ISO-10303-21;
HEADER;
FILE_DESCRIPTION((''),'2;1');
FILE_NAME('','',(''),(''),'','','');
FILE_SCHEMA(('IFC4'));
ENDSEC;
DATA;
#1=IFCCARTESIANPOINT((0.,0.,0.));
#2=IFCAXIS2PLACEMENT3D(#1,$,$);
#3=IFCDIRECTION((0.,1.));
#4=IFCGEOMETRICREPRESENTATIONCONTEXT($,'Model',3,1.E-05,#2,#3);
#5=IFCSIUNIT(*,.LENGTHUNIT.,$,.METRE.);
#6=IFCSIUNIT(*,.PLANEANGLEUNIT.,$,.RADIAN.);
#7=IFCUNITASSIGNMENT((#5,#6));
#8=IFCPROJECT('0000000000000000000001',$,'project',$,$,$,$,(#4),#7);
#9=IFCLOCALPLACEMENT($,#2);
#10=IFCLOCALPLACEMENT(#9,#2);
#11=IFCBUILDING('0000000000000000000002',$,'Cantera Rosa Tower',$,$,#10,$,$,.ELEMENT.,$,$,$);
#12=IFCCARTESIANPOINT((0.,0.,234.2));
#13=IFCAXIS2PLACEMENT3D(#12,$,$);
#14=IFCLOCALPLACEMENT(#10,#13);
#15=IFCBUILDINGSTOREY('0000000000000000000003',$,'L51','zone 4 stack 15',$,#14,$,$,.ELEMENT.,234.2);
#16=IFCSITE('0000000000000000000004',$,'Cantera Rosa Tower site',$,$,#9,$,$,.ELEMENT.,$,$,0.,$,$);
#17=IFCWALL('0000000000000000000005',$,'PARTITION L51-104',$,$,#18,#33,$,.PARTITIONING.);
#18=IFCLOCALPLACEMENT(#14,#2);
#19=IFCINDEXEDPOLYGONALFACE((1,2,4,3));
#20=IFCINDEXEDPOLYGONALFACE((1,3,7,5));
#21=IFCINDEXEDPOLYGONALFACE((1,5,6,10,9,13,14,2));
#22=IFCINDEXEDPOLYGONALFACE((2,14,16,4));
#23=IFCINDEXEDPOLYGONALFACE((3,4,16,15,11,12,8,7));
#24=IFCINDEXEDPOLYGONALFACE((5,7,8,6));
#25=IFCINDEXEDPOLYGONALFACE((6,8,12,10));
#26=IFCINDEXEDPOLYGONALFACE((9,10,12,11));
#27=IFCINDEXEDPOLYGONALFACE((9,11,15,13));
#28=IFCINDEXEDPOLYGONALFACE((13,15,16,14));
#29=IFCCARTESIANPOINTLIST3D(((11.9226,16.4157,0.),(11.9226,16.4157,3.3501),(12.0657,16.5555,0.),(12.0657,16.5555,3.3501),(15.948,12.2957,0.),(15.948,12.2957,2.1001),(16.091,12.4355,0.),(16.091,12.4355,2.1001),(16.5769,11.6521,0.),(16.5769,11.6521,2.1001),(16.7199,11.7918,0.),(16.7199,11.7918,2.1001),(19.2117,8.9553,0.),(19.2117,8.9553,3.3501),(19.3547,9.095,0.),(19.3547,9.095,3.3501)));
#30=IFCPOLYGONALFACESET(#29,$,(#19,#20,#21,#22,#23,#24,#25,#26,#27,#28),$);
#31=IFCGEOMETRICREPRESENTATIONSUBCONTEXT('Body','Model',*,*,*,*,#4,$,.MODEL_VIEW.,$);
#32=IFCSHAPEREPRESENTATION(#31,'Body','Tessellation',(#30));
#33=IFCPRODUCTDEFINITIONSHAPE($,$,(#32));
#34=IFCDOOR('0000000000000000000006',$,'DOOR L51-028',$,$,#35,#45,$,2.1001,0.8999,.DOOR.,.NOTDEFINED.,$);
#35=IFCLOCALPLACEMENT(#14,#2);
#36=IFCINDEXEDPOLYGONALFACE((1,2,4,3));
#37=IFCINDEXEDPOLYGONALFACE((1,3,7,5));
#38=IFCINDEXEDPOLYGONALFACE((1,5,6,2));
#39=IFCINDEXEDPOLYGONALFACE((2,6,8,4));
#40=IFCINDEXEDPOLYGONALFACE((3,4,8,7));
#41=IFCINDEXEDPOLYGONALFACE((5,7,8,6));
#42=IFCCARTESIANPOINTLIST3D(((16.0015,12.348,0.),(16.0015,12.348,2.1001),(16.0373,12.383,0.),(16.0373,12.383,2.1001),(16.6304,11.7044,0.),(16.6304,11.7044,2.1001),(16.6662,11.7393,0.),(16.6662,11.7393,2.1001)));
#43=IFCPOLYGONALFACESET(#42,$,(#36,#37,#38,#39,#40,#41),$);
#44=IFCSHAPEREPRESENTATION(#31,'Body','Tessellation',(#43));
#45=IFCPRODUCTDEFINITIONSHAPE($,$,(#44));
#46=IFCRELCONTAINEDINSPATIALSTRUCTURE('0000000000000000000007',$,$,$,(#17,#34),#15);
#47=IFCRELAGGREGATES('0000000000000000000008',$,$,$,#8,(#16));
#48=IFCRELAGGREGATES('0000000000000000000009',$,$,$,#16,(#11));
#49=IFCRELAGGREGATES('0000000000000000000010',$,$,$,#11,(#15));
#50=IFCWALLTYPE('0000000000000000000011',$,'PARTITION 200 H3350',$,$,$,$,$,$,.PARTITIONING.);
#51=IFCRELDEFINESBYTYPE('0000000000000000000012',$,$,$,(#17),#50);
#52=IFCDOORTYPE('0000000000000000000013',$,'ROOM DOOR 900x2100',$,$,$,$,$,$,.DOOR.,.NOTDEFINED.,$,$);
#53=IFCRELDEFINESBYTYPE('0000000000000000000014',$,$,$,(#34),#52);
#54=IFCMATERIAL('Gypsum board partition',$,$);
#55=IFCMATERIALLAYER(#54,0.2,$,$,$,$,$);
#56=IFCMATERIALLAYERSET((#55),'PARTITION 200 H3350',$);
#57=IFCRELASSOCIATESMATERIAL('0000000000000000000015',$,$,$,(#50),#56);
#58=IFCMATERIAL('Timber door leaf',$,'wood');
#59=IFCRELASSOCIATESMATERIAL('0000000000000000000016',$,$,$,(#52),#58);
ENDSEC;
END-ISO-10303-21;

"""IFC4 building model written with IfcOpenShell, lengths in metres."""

from ifc_helpers import new_model, si_unit, direction, frame, frame_2d, origin, place, context, subcontext, project, spatial, rectangle, extrude, material, layer, layer_set, type_object, element, fill, save


model = new_model("IFC4")

# Units and contexts
model_context = context("Model", 3, precision=1e-05, world=origin(), true_north=direction((0.0, 1.0)))
body_context = subcontext(model_context, "Body", "Model", "MODEL_VIEW")
ifc_project = project(units=[si_unit("LENGTHUNIT", "METRE"), si_unit("PLANEANGLEUNIT", "RADIAN")], contexts=[model_context])

# Site, building, storey
site_placement = place(None, origin())
site = spatial("IfcSite", under=ifc_project, at=site_placement, Name="Cantera Rosa Tower site", CompositionType="ELEMENT", RefElevation=0.0)
building_placement = place(site_placement, origin())
building = spatial("IfcBuilding", under=site, at=building_placement, Name="Cantera Rosa Tower", CompositionType="ELEMENT")
storey_placement = place(building_placement, frame((0.0, 0.0, 234.2)))
storey = spatial("IfcBuildingStorey", under=building, at=storey_placement, Name="L51", Description="zone 4 stack 15", CompositionType="ELEMENT", Elevation=234.2)

# Wall, opening, door
ifc_material_1 = material(Name="Gypsum board partition")
ifc_layer_1 = layer(ifc_material_1, 0.2)
ifc_layer_set_1 = layer_set([ifc_layer_1], Name="PARTITION 200 H3350")
wall_type_1 = type_object("IfcWallType", Name="PARTITION 200 H3350", PredefinedType="PARTITIONING", material=ifc_layer_set_1)
wall_1_placement = place(storey_placement, frame((11.9941, 16.4856, 0.0), z_axis=(0.0, 0.0, 1.0), x_axis=(0.698843, -0.715275, 0.0)))
wall_1 = element("IfcWall", 1, at=wall_1_placement, inside=storey, type_object=wall_type_1, Name="PARTITION L51-104", PredefinedType="PARTITIONING", context=body_context, shape_type="SweptSolid", body=[
    extrude(rectangle(XDim=10.4302, YDim=0.2, at=frame_2d((5.2151, 0.0))), origin(), (0.0, 0.0, 1.0), 3.3501),
])
opening_1_placement = place(wall_1_placement, frame((5.76, 0.0, 0.0)))
opening_1 = element("IfcOpeningElement", 2, at=opening_1_placement, cuts=wall_1, PredefinedType="OPENING", context=body_context, shape_type="SweptSolid", body=[
    extrude(rectangle(XDim=0.8999, YDim=2.1001, at=frame_2d((0.45, 1.05))), frame((0.0, 0.1099, 0.0), z_axis=(0.0, -1.0, 0.0), x_axis=(1.0, 0.0, 0.0)), (0.0, 0.0, 1.0), 0.22),
])
ifc_material_2 = material(Name="Timber door leaf", Category="wood")
door_type_1 = type_object("IfcDoorType", Name="ROOM DOOR 900x2100", OperationType="NOTDEFINED", PredefinedType="DOOR", material=ifc_material_2)
door_1_placement = place(opening_1_placement, origin())
door_1 = element("IfcDoor", 3, at=door_1_placement, inside=storey, type_object=door_type_1, Name="DOOR L51-028", OperationType="NOTDEFINED", OverallHeight=2.1001, OverallWidth=0.8999, PredefinedType="DOOR", context=body_context, shape_type="SweptSolid", body=[
    extrude(rectangle(XDim=0.8999, YDim=2.1001, at=frame_2d((0.45, 1.05))), frame((0.0, 0.0249, 0.0), z_axis=(0.0, -1.0, 0.0), x_axis=(1.0, 0.0, 0.0)), (0.0, 0.0, 1.0), 0.05),
])
fill(opening_1, door_1)

save(model, "model.ifc")
